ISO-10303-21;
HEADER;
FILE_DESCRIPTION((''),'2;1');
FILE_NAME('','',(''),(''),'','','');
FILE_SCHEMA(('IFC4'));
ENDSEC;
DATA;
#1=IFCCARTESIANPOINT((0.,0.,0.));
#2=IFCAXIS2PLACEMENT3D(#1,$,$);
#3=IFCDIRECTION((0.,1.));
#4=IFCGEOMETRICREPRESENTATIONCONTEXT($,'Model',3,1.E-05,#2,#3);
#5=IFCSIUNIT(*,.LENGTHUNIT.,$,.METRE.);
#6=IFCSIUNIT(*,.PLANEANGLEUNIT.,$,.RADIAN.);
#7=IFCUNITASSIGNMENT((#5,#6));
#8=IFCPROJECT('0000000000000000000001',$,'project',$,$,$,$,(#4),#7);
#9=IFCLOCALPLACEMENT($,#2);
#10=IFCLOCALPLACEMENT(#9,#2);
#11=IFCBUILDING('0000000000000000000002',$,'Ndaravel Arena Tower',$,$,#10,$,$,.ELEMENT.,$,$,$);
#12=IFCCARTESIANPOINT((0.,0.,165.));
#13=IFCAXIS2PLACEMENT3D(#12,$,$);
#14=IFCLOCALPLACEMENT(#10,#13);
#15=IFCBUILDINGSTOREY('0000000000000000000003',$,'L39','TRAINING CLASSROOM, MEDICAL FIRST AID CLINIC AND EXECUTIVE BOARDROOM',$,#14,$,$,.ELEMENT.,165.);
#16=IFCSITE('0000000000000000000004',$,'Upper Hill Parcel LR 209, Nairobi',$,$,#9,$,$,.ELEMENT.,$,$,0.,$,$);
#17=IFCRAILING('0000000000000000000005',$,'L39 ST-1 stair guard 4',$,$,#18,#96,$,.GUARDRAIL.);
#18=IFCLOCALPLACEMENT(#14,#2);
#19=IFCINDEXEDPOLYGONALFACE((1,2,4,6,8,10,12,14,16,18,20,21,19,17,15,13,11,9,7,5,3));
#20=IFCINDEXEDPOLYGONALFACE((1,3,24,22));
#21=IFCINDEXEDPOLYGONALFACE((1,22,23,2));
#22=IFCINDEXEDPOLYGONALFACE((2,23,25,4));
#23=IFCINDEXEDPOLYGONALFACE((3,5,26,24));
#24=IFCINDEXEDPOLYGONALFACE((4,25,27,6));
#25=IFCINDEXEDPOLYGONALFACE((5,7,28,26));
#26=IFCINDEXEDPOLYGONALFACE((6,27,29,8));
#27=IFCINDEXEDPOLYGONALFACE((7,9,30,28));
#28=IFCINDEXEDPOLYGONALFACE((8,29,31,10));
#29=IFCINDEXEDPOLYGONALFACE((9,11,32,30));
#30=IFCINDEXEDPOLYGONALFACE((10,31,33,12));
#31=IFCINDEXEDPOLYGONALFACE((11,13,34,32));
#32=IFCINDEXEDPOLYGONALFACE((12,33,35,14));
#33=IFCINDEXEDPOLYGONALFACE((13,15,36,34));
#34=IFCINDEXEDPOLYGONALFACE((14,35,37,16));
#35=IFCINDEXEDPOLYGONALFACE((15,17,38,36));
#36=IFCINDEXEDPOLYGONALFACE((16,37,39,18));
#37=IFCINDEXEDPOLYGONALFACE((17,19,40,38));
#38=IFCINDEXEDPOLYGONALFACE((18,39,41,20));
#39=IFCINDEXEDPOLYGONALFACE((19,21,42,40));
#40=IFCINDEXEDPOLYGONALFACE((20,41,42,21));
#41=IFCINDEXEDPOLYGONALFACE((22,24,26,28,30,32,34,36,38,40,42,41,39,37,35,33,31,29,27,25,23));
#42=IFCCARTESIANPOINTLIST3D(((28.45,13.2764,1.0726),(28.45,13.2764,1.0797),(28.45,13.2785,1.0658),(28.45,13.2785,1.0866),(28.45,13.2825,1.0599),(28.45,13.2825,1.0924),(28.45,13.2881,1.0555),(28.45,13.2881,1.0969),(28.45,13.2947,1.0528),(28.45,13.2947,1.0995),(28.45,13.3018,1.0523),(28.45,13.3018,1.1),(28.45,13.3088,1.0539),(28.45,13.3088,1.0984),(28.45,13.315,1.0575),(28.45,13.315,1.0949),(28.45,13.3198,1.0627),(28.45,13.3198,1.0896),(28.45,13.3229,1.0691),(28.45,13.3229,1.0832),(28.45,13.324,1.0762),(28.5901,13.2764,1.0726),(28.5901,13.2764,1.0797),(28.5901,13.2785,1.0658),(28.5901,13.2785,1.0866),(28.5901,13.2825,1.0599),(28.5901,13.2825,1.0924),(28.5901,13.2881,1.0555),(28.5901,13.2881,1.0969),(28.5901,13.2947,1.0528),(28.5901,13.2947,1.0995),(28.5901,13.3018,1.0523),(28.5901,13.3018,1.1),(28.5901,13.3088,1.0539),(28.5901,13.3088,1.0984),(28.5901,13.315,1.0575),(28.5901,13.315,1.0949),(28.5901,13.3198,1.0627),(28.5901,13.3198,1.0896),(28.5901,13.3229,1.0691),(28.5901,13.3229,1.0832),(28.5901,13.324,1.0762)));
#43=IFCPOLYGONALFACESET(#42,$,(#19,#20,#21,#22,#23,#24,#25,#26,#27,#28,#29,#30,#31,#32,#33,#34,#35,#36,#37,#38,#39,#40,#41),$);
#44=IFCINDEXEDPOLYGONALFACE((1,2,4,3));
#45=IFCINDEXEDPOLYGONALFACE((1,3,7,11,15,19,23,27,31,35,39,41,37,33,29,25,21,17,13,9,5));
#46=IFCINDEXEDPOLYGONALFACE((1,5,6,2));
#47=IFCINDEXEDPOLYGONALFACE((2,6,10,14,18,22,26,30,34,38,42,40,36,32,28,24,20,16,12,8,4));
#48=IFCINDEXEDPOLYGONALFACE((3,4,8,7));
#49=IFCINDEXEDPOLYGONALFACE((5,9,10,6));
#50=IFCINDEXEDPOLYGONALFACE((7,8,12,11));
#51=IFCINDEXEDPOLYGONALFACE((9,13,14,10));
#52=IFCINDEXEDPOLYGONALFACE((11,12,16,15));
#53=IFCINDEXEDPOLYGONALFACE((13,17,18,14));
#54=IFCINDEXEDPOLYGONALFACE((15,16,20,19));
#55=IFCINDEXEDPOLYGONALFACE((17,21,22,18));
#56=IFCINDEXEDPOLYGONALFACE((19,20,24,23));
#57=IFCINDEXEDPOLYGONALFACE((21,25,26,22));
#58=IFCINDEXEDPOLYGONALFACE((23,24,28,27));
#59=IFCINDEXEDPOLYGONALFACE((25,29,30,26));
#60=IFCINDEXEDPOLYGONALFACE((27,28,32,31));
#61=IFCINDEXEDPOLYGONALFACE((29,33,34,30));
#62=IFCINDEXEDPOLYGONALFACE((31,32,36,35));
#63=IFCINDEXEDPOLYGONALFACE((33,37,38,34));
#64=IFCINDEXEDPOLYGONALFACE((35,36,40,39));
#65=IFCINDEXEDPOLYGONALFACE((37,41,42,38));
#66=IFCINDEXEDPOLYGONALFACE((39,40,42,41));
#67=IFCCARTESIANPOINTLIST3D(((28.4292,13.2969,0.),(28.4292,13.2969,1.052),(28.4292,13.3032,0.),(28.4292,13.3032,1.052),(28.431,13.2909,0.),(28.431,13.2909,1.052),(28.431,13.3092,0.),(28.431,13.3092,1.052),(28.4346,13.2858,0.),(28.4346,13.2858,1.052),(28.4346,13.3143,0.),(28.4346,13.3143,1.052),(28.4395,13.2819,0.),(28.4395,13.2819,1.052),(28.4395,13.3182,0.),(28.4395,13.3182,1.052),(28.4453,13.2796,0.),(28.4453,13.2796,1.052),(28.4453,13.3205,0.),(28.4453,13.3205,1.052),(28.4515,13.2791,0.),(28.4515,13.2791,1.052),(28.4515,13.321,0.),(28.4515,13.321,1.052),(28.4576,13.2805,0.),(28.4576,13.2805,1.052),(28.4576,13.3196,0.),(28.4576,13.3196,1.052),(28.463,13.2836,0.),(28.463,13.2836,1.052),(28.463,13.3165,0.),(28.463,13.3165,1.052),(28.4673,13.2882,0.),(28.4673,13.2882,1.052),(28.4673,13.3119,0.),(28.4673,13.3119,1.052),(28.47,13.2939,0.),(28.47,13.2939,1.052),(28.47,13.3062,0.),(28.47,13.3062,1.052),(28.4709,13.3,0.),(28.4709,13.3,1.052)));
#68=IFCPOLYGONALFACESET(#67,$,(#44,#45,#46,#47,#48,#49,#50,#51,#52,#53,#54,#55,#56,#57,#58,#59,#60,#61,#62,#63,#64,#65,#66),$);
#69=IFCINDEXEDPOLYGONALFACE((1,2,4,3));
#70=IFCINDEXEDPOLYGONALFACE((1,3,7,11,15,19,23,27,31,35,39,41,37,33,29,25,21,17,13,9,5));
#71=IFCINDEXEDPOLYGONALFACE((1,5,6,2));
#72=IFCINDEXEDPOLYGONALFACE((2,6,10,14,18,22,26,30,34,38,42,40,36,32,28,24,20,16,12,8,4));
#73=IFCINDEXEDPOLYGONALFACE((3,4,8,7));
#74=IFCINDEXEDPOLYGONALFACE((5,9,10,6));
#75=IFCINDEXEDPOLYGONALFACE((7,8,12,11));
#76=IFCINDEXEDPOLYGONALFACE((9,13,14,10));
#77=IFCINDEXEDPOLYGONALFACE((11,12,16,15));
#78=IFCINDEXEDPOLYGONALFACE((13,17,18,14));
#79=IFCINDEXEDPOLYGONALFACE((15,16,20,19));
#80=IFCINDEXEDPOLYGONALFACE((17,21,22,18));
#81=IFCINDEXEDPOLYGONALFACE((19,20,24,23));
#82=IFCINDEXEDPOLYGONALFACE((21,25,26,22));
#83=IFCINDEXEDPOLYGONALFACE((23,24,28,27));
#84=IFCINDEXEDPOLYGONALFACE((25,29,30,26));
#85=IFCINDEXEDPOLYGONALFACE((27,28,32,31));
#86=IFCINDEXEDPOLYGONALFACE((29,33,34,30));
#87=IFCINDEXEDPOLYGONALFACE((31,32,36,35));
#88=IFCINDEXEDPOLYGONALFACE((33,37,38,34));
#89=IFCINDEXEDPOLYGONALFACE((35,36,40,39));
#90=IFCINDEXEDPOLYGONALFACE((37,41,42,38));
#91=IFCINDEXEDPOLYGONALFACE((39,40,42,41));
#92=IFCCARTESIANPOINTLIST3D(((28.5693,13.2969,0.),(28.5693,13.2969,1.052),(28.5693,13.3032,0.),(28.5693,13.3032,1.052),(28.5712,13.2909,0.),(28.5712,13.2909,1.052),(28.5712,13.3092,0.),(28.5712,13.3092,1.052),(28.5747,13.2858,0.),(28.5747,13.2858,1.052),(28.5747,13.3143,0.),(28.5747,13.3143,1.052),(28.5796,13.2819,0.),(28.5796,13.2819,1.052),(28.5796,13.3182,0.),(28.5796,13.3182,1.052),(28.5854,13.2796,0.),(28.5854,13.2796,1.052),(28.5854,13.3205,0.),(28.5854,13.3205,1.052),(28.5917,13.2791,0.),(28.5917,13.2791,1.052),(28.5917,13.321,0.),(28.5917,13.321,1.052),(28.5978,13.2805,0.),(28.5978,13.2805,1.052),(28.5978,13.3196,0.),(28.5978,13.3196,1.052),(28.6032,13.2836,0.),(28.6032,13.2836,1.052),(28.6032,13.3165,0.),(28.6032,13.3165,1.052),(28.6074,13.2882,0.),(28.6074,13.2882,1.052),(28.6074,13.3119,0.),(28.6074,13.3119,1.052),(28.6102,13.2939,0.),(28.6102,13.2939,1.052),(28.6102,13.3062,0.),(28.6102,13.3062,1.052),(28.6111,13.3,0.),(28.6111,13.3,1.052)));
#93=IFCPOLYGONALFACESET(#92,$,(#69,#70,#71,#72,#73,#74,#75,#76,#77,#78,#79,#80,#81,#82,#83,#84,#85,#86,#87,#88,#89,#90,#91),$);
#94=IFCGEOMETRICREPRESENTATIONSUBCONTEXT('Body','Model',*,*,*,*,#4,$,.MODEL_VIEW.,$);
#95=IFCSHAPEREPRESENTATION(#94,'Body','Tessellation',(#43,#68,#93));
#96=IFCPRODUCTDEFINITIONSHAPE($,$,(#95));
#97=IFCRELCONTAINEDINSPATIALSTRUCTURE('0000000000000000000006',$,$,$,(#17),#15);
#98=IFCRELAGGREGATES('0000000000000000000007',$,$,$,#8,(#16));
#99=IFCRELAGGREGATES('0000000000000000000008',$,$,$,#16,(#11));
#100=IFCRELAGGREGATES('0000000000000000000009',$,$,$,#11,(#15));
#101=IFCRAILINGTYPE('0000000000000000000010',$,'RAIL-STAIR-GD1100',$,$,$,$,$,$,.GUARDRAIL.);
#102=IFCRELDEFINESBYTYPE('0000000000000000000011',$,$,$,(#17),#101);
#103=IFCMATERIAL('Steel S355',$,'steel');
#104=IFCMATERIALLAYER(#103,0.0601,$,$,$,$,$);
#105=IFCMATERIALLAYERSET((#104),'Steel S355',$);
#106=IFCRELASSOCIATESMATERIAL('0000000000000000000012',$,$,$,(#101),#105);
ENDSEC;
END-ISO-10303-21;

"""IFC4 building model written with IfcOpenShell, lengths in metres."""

from ifc_helpers import new_model, si_unit, direction, frame, origin, origin_2d, place, context, subcontext, project, spatial, circle, extrude, material, layer, layer_set, type_object, element, save


model = new_model("IFC4")

# Units and contexts
model_context = context("Model", 3, precision=1e-05, world=origin(), true_north=direction((0.0, 1.0)))
body_context = subcontext(model_context, "Body", "Model", "MODEL_VIEW")
ifc_project = project(units=[si_unit("LENGTHUNIT", "METRE"), si_unit("PLANEANGLEUNIT", "RADIAN")], contexts=[model_context])

# Site, building, storey
site_placement = place(None, origin())
site = spatial("IfcSite", under=ifc_project, at=site_placement, Name="Upper Hill Parcel LR 209, Nairobi", CompositionType="ELEMENT", RefElevation=0.0)
building_placement = place(site_placement, origin())
building = spatial("IfcBuilding", under=site, at=building_placement, Name="Ndaravel Arena Tower", CompositionType="ELEMENT")
storey_placement = place(building_placement, frame((0.0, 0.0, 165.0)))
storey = spatial("IfcBuildingStorey", under=building, at=storey_placement, Name="L39", Description="TRAINING CLASSROOM, MEDICAL FIRST AID CLINIC AND EXECUTIVE BOARDROOM", CompositionType="ELEMENT", Elevation=165.0)

# Railing
ifc_material_1 = material(Name="Steel S355", Category="steel")
ifc_layer_1 = layer(ifc_material_1, 0.0601)
ifc_layer_set_1 = layer_set([ifc_layer_1], Name="Steel S355")
railing_type_1 = type_object("IfcRailingType", Name="RAIL-STAIR-GD1100", PredefinedType="GUARDRAIL", material=ifc_layer_set_1)
railing_1_placement = place(storey_placement, frame((28.45, 13.3, 0.0)))
element("IfcRailing", 1, at=railing_1_placement, inside=storey, type_object=railing_type_1, Name="L39 ST-1 stair guard 4", PredefinedType="GUARDRAIL", context=body_context, shape_type="SweptSolid", body=[
    extrude(circle(Radius=0.0239, at=origin_2d()), frame((0.0, 0.0, 1.0762), z_axis=(1.0, 0.0, 0.0), x_axis=(0.0, 1.0, 0.0)), (0.0, 0.0, 1.0), 0.1401),
    extrude(circle(Radius=0.021, at=origin_2d()), origin(), (0.0, 0.0, 1.0), 1.052),
    extrude(circle(Radius=0.021, at=origin_2d()), frame((0.1401, 0.0, 0.0)), (0.0, 0.0, 1.0), 1.052),
])

save(model, "model.ifc")
